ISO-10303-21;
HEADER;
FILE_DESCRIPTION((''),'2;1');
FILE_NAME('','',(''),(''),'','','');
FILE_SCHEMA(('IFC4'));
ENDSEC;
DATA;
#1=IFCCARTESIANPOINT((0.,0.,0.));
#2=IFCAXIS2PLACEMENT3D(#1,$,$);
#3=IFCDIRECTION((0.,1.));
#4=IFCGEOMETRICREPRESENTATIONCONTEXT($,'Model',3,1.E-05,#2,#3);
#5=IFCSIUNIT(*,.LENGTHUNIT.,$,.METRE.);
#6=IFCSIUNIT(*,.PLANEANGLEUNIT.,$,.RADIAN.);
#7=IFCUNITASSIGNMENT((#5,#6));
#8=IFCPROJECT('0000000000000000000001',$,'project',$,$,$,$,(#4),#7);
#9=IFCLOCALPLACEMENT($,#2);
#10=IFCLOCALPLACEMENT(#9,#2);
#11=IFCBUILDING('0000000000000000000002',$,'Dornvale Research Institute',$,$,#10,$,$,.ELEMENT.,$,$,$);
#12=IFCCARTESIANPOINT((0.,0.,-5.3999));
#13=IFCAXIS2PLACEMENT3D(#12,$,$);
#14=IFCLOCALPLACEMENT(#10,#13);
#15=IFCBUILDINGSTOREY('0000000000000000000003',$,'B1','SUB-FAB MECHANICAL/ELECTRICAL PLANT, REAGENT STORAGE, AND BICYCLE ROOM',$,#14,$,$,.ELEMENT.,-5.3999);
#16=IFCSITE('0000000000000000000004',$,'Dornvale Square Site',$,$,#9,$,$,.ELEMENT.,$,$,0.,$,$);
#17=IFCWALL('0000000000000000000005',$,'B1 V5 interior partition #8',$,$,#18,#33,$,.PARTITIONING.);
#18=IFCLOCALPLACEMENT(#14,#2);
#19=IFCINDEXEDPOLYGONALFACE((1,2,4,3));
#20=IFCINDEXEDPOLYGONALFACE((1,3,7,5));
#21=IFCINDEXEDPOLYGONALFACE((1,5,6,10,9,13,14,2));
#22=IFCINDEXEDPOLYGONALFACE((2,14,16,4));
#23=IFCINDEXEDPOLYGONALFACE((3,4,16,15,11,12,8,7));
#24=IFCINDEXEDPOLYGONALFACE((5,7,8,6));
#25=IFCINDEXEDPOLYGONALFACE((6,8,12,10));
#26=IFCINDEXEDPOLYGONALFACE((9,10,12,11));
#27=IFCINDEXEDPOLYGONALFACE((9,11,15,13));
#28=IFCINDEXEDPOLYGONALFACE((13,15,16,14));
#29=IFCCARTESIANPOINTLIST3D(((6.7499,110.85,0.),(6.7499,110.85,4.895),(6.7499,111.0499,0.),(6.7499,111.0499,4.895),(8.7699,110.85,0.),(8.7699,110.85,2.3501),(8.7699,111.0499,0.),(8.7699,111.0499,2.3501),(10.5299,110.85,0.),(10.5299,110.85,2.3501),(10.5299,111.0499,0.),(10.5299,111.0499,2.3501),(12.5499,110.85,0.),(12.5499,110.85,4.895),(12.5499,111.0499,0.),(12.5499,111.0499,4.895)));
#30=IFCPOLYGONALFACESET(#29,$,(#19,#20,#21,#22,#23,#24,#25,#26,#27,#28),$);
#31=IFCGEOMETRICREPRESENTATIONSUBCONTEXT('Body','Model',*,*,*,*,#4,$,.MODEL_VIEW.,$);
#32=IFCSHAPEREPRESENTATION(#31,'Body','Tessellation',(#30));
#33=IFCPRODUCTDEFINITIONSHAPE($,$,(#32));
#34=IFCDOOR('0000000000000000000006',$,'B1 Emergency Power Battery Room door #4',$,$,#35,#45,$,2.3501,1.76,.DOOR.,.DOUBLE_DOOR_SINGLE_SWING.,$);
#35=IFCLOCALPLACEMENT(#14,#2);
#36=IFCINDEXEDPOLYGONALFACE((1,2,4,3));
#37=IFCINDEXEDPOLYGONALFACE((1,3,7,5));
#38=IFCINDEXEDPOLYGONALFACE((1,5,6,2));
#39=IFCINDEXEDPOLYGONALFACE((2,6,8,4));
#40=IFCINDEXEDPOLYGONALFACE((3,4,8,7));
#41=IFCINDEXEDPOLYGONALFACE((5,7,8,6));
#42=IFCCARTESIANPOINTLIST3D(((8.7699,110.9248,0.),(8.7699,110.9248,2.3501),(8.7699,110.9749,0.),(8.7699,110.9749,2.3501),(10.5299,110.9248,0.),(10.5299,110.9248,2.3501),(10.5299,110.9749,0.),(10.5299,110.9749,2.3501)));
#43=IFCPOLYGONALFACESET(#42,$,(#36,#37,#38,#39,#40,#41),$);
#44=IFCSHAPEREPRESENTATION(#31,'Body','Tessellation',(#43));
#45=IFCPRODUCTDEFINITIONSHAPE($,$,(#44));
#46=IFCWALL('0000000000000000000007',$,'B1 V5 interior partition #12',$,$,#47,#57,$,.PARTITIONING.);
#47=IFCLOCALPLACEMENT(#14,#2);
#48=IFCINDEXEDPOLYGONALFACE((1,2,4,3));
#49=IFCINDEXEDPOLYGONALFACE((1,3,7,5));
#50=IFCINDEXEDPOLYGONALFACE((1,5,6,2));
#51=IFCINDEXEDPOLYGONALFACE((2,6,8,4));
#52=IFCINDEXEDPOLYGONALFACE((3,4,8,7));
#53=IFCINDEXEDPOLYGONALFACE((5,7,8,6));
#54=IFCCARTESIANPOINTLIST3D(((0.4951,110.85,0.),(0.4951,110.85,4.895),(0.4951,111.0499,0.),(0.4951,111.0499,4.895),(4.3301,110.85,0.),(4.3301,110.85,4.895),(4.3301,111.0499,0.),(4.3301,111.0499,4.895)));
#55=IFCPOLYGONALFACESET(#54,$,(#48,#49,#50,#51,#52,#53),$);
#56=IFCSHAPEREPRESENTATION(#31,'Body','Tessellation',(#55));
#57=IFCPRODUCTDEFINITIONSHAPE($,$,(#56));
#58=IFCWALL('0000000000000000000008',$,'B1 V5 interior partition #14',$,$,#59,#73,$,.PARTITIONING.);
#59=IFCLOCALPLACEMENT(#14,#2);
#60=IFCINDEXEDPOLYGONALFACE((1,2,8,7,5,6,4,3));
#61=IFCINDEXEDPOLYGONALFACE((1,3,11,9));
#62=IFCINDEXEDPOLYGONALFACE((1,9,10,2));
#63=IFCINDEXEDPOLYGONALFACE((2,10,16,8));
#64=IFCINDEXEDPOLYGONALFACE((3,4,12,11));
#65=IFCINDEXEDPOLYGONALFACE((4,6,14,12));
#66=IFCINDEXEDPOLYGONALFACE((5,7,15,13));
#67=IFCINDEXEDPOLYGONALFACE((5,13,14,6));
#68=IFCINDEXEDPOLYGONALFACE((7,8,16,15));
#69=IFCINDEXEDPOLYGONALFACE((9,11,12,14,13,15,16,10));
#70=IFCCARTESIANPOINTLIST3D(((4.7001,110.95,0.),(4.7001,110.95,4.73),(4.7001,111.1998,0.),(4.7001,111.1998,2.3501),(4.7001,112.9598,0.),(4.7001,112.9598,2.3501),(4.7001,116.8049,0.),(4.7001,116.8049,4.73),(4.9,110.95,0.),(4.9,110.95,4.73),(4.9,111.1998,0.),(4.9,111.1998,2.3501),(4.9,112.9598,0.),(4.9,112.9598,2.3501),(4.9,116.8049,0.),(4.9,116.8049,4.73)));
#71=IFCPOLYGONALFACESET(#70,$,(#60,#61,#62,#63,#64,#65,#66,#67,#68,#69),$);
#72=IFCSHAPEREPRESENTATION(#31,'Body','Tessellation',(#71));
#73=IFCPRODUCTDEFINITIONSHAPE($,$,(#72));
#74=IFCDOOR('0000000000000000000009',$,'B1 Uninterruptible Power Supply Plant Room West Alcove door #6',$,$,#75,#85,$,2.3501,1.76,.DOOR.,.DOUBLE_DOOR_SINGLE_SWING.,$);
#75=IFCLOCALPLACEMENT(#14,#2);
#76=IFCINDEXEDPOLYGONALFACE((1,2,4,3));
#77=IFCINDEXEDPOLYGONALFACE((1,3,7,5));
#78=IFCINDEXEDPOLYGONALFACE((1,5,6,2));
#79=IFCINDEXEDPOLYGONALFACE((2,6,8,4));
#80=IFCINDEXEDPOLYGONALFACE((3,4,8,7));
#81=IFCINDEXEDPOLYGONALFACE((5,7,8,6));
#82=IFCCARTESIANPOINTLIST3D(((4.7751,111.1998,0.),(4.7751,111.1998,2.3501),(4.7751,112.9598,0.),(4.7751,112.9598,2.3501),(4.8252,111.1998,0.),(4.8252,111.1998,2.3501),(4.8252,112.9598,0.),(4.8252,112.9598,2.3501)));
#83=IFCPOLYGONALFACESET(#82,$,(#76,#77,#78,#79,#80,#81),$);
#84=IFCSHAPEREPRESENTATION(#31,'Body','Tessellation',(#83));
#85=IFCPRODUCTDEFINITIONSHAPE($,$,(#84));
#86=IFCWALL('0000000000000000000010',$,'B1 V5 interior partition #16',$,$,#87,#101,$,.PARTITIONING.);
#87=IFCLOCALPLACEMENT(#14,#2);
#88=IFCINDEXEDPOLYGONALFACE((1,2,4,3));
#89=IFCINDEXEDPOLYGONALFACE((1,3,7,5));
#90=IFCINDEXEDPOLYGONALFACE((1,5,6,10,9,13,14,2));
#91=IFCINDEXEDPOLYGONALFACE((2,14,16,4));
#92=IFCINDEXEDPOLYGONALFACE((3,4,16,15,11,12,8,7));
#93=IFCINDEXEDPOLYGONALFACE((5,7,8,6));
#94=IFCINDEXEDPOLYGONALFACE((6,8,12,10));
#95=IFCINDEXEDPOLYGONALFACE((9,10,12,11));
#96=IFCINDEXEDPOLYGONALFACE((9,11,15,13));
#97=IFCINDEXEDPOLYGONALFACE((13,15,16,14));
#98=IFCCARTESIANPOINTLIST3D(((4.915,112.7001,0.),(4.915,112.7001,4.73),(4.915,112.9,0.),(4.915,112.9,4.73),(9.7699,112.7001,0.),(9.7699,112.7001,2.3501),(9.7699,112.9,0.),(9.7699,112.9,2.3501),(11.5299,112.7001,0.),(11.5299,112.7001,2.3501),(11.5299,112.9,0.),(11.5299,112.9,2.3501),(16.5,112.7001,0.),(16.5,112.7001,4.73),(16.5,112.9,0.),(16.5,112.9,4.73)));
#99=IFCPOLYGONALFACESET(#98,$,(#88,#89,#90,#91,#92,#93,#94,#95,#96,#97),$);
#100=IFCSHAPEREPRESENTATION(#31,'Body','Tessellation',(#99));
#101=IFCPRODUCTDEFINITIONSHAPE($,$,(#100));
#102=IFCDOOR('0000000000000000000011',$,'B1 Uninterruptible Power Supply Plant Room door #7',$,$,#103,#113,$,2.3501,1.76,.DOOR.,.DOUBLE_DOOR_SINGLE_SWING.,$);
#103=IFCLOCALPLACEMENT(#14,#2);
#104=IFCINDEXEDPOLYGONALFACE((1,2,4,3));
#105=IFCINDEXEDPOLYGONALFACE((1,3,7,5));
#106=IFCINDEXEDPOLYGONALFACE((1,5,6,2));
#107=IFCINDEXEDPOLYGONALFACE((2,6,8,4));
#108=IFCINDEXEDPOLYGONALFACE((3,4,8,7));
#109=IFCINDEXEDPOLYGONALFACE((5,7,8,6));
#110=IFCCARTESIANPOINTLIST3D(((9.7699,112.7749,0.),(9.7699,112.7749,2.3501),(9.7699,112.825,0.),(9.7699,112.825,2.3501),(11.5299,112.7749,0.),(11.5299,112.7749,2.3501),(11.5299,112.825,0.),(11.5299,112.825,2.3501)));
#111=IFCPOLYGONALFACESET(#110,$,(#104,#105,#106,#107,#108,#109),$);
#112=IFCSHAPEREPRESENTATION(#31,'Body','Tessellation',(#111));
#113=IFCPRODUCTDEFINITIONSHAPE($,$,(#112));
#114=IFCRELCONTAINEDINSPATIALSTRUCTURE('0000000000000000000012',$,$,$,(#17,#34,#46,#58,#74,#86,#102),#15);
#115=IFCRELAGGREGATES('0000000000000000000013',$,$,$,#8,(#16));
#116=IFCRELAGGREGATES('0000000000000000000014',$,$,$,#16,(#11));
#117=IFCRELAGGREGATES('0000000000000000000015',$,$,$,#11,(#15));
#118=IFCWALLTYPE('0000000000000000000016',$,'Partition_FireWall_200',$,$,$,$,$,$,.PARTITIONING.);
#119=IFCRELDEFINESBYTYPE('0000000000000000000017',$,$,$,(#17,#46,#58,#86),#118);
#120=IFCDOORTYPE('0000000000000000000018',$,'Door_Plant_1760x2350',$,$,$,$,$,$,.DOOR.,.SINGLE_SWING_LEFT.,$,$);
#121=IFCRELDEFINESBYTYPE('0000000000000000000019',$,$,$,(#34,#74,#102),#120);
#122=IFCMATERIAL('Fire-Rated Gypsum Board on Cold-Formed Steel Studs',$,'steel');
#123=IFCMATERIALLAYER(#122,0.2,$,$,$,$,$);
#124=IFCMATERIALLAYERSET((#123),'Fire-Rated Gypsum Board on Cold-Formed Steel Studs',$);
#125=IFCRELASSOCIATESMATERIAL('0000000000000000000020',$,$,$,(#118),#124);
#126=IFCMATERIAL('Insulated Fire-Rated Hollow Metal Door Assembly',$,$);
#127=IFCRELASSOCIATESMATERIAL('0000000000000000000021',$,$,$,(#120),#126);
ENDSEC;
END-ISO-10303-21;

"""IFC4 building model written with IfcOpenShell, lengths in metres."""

from ifc_helpers import new_model, si_unit, direction, frame, frame_2d, origin, place, context, subcontext, project, spatial, rectangle, extrude, material, layer, layer_set, type_object, element, fill, save


model = new_model("IFC4")

# Units and contexts
model_context = context("Model", 3, precision=1e-05, world=origin(), true_north=direction((0.0, 1.0)))
body_context = subcontext(model_context, "Body", "Model", "MODEL_VIEW")
ifc_project = project(units=[si_unit("LENGTHUNIT", "METRE"), si_unit("PLANEANGLEUNIT", "RADIAN")], contexts=[model_context])

# Site, building, storey
site_placement = place(None, origin())
site = spatial("IfcSite", under=ifc_project, at=site_placement, Name="Dornvale Square Site", CompositionType="ELEMENT", RefElevation=0.0)
building_placement = place(site_placement, origin())
building = spatial("IfcBuilding", under=site, at=building_placement, Name="Dornvale Research Institute", CompositionType="ELEMENT")
storey_placement = place(building_placement, frame((0.0, 0.0, -5.3999)))
storey = spatial("IfcBuildingStorey", under=building, at=storey_placement, Name="B1", Description="SUB-FAB MECHANICAL/ELECTRICAL PLANT, REAGENT STORAGE, AND BICYCLE ROOM", CompositionType="ELEMENT", Elevation=-5.3999)

# Wall, opening, door
ifc_material_1 = material(Name="Fire-Rated Gypsum Board on Cold-Formed Steel Studs", Category="steel")
ifc_layer_1 = layer(ifc_material_1, 0.2)
ifc_layer_set_1 = layer_set([ifc_layer_1], Name="Fire-Rated Gypsum Board on Cold-Formed Steel Studs")
wall_type_1 = type_object("IfcWallType", Name="Partition_FireWall_200", PredefinedType="PARTITIONING", material=ifc_layer_set_1)
wall_1_placement = place(storey_placement, frame((6.75, 110.95, 0.0), z_axis=(0.0, 0.0, 1.0), x_axis=(1.0, 0.0, 0.0)))
wall_1 = element("IfcWall", 1, at=wall_1_placement, inside=storey, type_object=wall_type_1, Name="B1 V5 interior partition #8", PredefinedType="PARTITIONING", context=body_context, shape_type="SweptSolid", body=[
    extrude(rectangle(XDim=5.8, YDim=0.2, at=frame_2d((2.8999, 0.0))), origin(), (0.0, 0.0, 1.0), 4.895),
])
opening_1_placement = place(wall_1_placement, frame((2.02, 0.0, 0.0)))
opening_1 = element("IfcOpeningElement", 2, at=opening_1_placement, cuts=wall_1, PredefinedType="OPENING", context=body_context, shape_type="SweptSolid", body=[
    extrude(rectangle(XDim=1.76, YDim=2.3501, at=frame_2d((0.8799, 1.175))), frame((0.0, 0.115, 0.0), z_axis=(0.0, -1.0, 0.0), x_axis=(1.0, 0.0, 0.0)), (0.0, 0.0, 1.0), 0.23),
])
ifc_material_2 = material(Name="Insulated Fire-Rated Hollow Metal Door Assembly")
door_type = type_object("IfcDoorType", Name="Door_Plant_1760x2350", OperationType="SINGLE_SWING_LEFT", PredefinedType="DOOR", material=ifc_material_2)
door_1_placement = place(opening_1_placement, origin())
door_1 = element("IfcDoor", 3, at=door_1_placement, inside=storey, type_object=door_type, Name="B1 Emergency Power Battery Room door #4", OperationType="DOUBLE_DOOR_SINGLE_SWING", OverallHeight=2.3501, OverallWidth=1.76, PredefinedType="DOOR", context=body_context, shape_type="SweptSolid", body=[
    extrude(rectangle(XDim=1.76, YDim=2.3501, at=frame_2d((0.8799, 1.175))), frame((0.0, 0.0249, 0.0), z_axis=(0.0, -1.0, 0.0), x_axis=(1.0, 0.0, 0.0)), (0.0, 0.0, 1.0), 0.05),
])
fill(opening_1, door_1)

# Wall
wall_2_placement = place(storey_placement, frame((0.4951, 110.95, 0.0), z_axis=(0.0, 0.0, 1.0), x_axis=(1.0, 0.0, 0.0)))
element("IfcWall", 4, at=wall_2_placement, inside=storey, type_object=wall_type_1, Name="B1 V5 interior partition #12", PredefinedType="PARTITIONING", context=body_context, shape_type="SweptSolid", body=[
    extrude(rectangle(XDim=3.835, YDim=0.2, at=frame_2d((1.9175, 0.0))), origin(), (0.0, 0.0, 1.0), 4.895),
])

# Walls, openings, doors
wall_3_placement = place(storey_placement, frame((4.8, 110.95, 0.0), z_axis=(0.0, 0.0, 1.0), x_axis=(0.0, 1.0, 0.0)))
wall_3 = element("IfcWall", 5, at=wall_3_placement, inside=storey, type_object=wall_type_1, Name="B1 V5 interior partition #14", PredefinedType="PARTITIONING", context=body_context, shape_type="SweptSolid", body=[
    extrude(rectangle(XDim=5.855, YDim=0.2, at=frame_2d((2.9275, 0.0))), origin(), (0.0, 0.0, 1.0), 4.73),
])
opening_2_placement = place(wall_3_placement, frame((0.25, 0.0, 0.0)))
opening_2 = element("IfcOpeningElement", 6, at=opening_2_placement, cuts=wall_3, PredefinedType="OPENING", context=body_context, shape_type="SweptSolid", body=[
    extrude(rectangle(XDim=1.76, YDim=2.3501, at=frame_2d((0.8799, 1.175))), frame((0.0, 0.115, 0.0), z_axis=(0.0, -1.0, 0.0), x_axis=(1.0, 0.0, 0.0)), (0.0, 0.0, 1.0), 0.23),
])
door_2_placement = place(opening_2_placement, origin())
door_2 = element("IfcDoor", 7, at=door_2_placement, inside=storey, type_object=door_type, Name="B1 Uninterruptible Power Supply Plant Room West Alcove door #6", OperationType="DOUBLE_DOOR_SINGLE_SWING", OverallHeight=2.3501, OverallWidth=1.76, PredefinedType="DOOR", context=body_context, shape_type="SweptSolid", body=[
    extrude(rectangle(XDim=1.76, YDim=2.3501, at=frame_2d((0.8799, 1.175))), frame((0.0, 0.0249, 0.0), z_axis=(0.0, -1.0, 0.0), x_axis=(1.0, 0.0, 0.0)), (0.0, 0.0, 1.0), 0.05),
])
fill(opening_2, door_2)
wall_4_placement = place(storey_placement, frame((4.915, 112.8, 0.0), z_axis=(0.0, 0.0, 1.0), x_axis=(1.0, 0.0, 0.0)))
wall_4 = element("IfcWall", 8, at=wall_4_placement, inside=storey, type_object=wall_type_1, Name="B1 V5 interior partition #16", PredefinedType="PARTITIONING", context=body_context, shape_type="SweptSolid", body=[
    extrude(rectangle(XDim=11.585, YDim=0.2, at=frame_2d((5.7925, 0.0))), origin(), (0.0, 0.0, 1.0), 4.73),
])
opening_3_placement = place(wall_4_placement, frame((4.855, 0.0, 0.0)))
opening_3 = element("IfcOpeningElement", 9, at=opening_3_placement, cuts=wall_4, PredefinedType="OPENING", context=body_context, shape_type="SweptSolid", body=[
    extrude(rectangle(XDim=1.76, YDim=2.3501, at=frame_2d((0.8799, 1.175))), frame((0.0, 0.115, 0.0), z_axis=(0.0, -1.0, 0.0), x_axis=(1.0, 0.0, 0.0)), (0.0, 0.0, 1.0), 0.23),
])
door_3_placement = place(opening_3_placement, origin())
door_3 = element("IfcDoor", 10, at=door_3_placement, inside=storey, type_object=door_type, Name="B1 Uninterruptible Power Supply Plant Room door #7", OperationType="DOUBLE_DOOR_SINGLE_SWING", OverallHeight=2.3501, OverallWidth=1.76, PredefinedType="DOOR", context=body_context, shape_type="SweptSolid", body=[
    extrude(rectangle(XDim=1.76, YDim=2.3501, at=frame_2d((0.8799, 1.175))), frame((0.0, 0.0249, 0.0), z_axis=(0.0, -1.0, 0.0), x_axis=(1.0, 0.0, 0.0)), (0.0, 0.0, 1.0), 0.05),
])
fill(opening_3, door_3)

save(model, "model.ifc")
